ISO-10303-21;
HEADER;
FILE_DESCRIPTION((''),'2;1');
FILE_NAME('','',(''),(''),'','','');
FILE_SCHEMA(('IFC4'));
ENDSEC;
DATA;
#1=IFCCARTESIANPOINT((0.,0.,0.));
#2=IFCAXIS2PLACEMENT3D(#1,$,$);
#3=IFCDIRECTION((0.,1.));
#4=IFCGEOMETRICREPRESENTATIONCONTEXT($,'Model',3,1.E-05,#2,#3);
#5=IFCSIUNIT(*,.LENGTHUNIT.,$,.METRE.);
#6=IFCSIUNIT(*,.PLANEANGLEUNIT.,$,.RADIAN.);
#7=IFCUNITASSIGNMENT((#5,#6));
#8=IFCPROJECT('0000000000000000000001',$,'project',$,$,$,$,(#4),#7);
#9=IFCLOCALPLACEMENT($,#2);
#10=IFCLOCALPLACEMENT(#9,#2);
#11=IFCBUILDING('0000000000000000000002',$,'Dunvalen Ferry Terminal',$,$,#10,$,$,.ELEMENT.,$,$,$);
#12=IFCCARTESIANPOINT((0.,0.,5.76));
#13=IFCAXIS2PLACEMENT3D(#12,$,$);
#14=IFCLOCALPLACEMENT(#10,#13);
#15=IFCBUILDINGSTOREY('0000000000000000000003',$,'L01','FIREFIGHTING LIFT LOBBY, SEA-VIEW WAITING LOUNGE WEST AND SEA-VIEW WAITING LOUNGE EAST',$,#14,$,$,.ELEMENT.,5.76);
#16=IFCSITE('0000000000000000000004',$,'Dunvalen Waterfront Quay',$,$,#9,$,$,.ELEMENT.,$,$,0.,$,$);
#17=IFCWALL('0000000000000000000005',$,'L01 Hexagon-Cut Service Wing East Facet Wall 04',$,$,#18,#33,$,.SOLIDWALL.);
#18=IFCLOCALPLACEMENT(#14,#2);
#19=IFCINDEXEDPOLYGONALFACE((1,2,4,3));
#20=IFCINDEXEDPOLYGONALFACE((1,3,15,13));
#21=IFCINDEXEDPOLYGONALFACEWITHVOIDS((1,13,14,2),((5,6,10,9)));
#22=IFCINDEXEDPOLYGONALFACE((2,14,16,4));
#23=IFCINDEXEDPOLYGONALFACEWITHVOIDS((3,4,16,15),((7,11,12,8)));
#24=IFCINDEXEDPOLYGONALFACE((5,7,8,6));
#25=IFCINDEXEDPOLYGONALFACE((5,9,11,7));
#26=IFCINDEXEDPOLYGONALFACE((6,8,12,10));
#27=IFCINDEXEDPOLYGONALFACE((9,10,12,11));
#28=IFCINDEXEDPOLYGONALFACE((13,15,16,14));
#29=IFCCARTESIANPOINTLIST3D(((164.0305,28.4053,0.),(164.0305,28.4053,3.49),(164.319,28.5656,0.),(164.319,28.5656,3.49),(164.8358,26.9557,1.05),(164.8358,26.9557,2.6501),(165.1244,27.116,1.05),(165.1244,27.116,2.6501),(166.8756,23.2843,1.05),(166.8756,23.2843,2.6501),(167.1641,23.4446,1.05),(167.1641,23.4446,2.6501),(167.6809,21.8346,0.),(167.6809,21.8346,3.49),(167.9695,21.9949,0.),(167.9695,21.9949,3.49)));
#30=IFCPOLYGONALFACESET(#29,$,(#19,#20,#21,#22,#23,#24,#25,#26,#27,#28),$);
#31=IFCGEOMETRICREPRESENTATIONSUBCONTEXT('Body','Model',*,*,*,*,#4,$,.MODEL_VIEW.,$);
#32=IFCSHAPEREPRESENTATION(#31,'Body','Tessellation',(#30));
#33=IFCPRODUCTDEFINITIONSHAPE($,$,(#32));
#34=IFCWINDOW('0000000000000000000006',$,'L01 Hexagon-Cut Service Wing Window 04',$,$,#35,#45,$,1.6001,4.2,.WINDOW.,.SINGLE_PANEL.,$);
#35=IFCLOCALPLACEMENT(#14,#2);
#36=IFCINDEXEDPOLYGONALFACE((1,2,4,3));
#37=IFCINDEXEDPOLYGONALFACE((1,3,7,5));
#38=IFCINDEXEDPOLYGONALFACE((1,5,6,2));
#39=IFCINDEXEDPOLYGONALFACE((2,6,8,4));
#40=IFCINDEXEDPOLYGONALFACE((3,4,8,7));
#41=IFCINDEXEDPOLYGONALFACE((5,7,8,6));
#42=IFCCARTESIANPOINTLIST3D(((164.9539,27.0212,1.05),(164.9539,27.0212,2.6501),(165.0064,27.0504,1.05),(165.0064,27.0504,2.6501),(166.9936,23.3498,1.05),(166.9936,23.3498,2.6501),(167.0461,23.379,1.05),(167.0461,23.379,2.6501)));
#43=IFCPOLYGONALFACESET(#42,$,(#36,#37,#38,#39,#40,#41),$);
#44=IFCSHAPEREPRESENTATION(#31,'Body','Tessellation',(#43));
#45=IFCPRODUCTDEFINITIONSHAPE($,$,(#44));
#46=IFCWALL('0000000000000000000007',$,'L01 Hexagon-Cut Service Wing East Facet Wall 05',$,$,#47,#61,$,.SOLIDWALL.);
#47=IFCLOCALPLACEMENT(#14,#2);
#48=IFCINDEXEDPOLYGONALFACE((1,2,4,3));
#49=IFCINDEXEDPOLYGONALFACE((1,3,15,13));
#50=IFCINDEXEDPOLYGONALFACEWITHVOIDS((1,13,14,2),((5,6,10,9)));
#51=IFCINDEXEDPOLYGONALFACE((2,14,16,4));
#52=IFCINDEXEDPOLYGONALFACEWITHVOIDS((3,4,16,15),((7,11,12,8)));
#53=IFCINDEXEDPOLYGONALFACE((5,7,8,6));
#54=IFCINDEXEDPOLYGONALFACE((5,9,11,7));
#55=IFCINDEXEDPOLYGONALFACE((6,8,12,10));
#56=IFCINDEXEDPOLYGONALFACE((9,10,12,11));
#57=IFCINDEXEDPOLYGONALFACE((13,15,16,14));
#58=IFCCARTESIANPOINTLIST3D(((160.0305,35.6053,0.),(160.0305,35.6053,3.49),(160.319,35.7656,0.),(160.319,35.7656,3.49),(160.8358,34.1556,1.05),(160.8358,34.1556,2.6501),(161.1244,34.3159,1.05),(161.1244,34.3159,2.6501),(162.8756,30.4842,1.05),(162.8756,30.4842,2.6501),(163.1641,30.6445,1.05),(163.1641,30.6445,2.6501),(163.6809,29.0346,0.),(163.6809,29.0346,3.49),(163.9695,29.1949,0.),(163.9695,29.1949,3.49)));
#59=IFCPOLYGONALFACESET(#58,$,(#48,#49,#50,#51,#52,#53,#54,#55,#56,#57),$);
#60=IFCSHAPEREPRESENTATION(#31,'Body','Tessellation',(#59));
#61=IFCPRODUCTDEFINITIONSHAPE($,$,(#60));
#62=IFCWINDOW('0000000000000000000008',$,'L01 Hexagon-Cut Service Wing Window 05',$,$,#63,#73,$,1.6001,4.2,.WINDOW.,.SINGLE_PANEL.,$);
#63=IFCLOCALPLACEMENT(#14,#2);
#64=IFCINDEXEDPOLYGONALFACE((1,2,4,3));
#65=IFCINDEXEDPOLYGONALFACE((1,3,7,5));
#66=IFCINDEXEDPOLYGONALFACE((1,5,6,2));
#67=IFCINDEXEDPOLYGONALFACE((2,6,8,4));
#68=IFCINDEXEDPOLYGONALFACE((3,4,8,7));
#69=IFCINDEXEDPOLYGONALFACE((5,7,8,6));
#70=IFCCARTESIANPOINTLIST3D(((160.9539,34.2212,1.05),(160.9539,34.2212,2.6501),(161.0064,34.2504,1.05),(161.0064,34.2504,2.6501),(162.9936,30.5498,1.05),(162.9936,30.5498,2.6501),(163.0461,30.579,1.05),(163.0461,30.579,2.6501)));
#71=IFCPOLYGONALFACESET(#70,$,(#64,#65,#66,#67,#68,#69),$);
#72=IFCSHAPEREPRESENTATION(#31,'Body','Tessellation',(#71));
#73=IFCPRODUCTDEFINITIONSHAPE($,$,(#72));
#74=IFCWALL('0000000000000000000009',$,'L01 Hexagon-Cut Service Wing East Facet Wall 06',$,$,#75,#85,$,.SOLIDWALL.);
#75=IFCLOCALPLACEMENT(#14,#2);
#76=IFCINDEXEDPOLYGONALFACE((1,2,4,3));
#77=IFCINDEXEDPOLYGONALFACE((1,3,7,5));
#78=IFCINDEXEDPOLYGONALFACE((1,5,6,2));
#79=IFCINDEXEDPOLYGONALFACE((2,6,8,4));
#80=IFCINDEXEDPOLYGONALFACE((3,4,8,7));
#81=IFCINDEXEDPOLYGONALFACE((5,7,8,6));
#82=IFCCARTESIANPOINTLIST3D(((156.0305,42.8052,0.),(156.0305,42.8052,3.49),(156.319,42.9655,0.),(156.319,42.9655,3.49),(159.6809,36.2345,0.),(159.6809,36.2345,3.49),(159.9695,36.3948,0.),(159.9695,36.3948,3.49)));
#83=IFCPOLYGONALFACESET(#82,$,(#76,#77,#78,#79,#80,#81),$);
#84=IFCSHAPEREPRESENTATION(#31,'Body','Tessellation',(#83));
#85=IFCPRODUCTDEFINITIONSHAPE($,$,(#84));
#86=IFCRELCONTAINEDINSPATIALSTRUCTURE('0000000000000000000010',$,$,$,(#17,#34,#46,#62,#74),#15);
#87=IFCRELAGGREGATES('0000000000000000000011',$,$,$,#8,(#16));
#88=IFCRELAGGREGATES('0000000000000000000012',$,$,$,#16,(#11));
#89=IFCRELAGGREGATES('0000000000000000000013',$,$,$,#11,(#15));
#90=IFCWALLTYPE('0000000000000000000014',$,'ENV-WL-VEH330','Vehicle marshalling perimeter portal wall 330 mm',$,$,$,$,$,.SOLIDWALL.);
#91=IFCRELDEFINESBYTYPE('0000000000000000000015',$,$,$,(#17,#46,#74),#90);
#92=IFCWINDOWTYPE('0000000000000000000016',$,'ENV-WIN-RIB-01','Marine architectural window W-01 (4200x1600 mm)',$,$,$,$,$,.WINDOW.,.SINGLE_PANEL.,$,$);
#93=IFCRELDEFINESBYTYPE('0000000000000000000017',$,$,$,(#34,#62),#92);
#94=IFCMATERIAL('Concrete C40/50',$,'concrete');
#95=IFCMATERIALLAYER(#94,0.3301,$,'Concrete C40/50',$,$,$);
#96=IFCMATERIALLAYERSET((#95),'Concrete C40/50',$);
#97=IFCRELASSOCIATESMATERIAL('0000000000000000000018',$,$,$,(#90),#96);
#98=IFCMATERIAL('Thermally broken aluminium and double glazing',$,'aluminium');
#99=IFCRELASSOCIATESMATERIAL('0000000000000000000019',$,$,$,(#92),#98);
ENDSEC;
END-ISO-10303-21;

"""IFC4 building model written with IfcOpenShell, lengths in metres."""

from ifc_helpers import new_model, si_unit, direction, frame, frame_2d, origin, place, context, subcontext, project, spatial, rectangle, extrude, material, layer, layer_set, type_object, element, fill, save


model = new_model("IFC4")

# Units and contexts
model_context = context("Model", 3, precision=1e-05, world=origin(), true_north=direction((0.0, 1.0)))
body_context = subcontext(model_context, "Body", "Model", "MODEL_VIEW")
ifc_project = project(units=[si_unit("LENGTHUNIT", "METRE"), si_unit("PLANEANGLEUNIT", "RADIAN")], contexts=[model_context])

# Site, building, storey
site_placement = place(None, origin())
site = spatial("IfcSite", under=ifc_project, at=site_placement, Name="Dunvalen Waterfront Quay", CompositionType="ELEMENT", RefElevation=0.0)
building_placement = place(site_placement, origin())
building = spatial("IfcBuilding", under=site, at=building_placement, Name="Dunvalen Ferry Terminal", CompositionType="ELEMENT")
storey_placement = place(building_placement, frame((0.0, 0.0, 5.76)))
storey = spatial("IfcBuildingStorey", under=building, at=storey_placement, Name="L01", Description="FIREFIGHTING LIFT LOBBY, SEA-VIEW WAITING LOUNGE WEST AND SEA-VIEW WAITING LOUNGE EAST", CompositionType="ELEMENT", Elevation=5.76)

# Shared definitions
ifc_material_1 = material(Name="Concrete C40/50", Category="concrete")

# Walls, openings, windows
ifc_layer = layer(ifc_material_1, 0.3301, Name="Concrete C40/50")
ifc_layer_set = layer_set([ifc_layer], Name="Concrete C40/50")
wall_type = type_object("IfcWallType", Name="ENV-WL-VEH330", Description="Vehicle marshalling perimeter portal wall 330 mm", PredefinedType="SOLIDWALL", material=ifc_layer_set)
wall_1_placement = place(storey_placement, frame((167.8252, 21.9148, 0.0), z_axis=(0.0, 0.0, 1.0), x_axis=(-0.485651, 0.874153, 0.0)))
wall_1 = element("IfcWall", 1, at=wall_1_placement, inside=storey, type_object=wall_type, Name="L01 Hexagon-Cut Service Wing East Facet Wall 04", PredefinedType="SOLIDWALL", context=body_context, shape_type="SweptSolid", body=[
    extrude(rectangle(XDim=7.5166, YDim=0.3301, at=frame_2d((3.7583, 0.0))), origin(), (0.0, 0.0, 1.0), 3.49),
])
opening_1_placement = place(wall_1_placement, frame((1.6582, 0.0, 1.05)))
opening_1 = element("IfcOpeningElement", 2, at=opening_1_placement, cuts=wall_1, PredefinedType="OPENING", context=body_context, shape_type="SweptSolid", body=[
    extrude(rectangle(XDim=4.2, YDim=1.6001, at=frame_2d((2.1001, 0.8))), frame((0.0, 0.175, 0.0), z_axis=(0.0, -1.0, 0.0), x_axis=(1.0, 0.0, 0.0)), (0.0, 0.0, 1.0), 0.3501),
])
ifc_material_2 = material(Name="Thermally broken aluminium and double glazing", Category="aluminium")
window_type = type_object("IfcWindowType", Name="ENV-WIN-RIB-01", Description="Marine architectural window W-01 (4200x1600 mm)", PartitioningType="SINGLE_PANEL", PredefinedType="WINDOW", material=ifc_material_2)
window_1_placement = place(opening_1_placement, origin())
window_1 = element("IfcWindow", 3, at=window_1_placement, inside=storey, type_object=window_type, Name="L01 Hexagon-Cut Service Wing Window 04", OverallHeight=1.6001, OverallWidth=4.2, PartitioningType="SINGLE_PANEL", PredefinedType="WINDOW", context=body_context, shape_type="SweptSolid", body=[
    extrude(rectangle(XDim=4.2, YDim=1.6001, at=frame_2d((2.1001, 0.8))), frame((0.0, 0.03, 0.0), z_axis=(0.0, -1.0, 0.0), x_axis=(1.0, 0.0, 0.0)), (0.0, 0.0, 1.0), 0.0601),
])
fill(opening_1, window_1)
wall_2_placement = place(storey_placement, frame((163.8252, 29.1147, 0.0), z_axis=(0.0, 0.0, 1.0), x_axis=(-0.485651, 0.874153, 0.0)))
wall_2 = element("IfcWall", 4, at=wall_2_placement, inside=storey, type_object=wall_type, Name="L01 Hexagon-Cut Service Wing East Facet Wall 05", PredefinedType="SOLIDWALL", context=body_context, shape_type="SweptSolid", body=[
    extrude(rectangle(XDim=7.5166, YDim=0.3301, at=frame_2d((3.7583, 0.0))), origin(), (0.0, 0.0, 1.0), 3.49),
])
opening_2_placement = place(wall_2_placement, frame((1.6582, 0.0, 1.05)))
opening_2 = element("IfcOpeningElement", 5, at=opening_2_placement, cuts=wall_2, PredefinedType="OPENING", context=body_context, shape_type="SweptSolid", body=[
    extrude(rectangle(XDim=4.2, YDim=1.6001, at=frame_2d((2.1001, 0.8))), frame((0.0, 0.175, 0.0), z_axis=(0.0, -1.0, 0.0), x_axis=(1.0, 0.0, 0.0)), (0.0, 0.0, 1.0), 0.3501),
])
window_2_placement = place(opening_2_placement, origin())
window_2 = element("IfcWindow", 6, at=window_2_placement, inside=storey, type_object=window_type, Name="L01 Hexagon-Cut Service Wing Window 05", OverallHeight=1.6001, OverallWidth=4.2, PartitioningType="SINGLE_PANEL", PredefinedType="WINDOW", context=body_context, shape_type="SweptSolid", body=[
    extrude(rectangle(XDim=4.2, YDim=1.6001, at=frame_2d((2.1001, 0.8))), frame((0.0, 0.03, 0.0), z_axis=(0.0, -1.0, 0.0), x_axis=(1.0, 0.0, 0.0)), (0.0, 0.0, 1.0), 0.0601),
])
fill(opening_2, window_2)

# Wall
wall_3_placement = place(storey_placement, frame((159.8252, 36.3147, 0.0), z_axis=(0.0, 0.0, 1.0), x_axis=(-0.485651, 0.874153, 0.0)))
element("IfcWall", 7, at=wall_3_placement, inside=storey, type_object=wall_type, Name="L01 Hexagon-Cut Service Wing East Facet Wall 06", PredefinedType="SOLIDWALL", context=body_context, shape_type="SweptSolid", body=[
    extrude(rectangle(XDim=7.5166, YDim=0.3301, at=frame_2d((3.7583, 0.0))), origin(), (0.0, 0.0, 1.0), 3.49),
])

save(model, "model.ifc")
